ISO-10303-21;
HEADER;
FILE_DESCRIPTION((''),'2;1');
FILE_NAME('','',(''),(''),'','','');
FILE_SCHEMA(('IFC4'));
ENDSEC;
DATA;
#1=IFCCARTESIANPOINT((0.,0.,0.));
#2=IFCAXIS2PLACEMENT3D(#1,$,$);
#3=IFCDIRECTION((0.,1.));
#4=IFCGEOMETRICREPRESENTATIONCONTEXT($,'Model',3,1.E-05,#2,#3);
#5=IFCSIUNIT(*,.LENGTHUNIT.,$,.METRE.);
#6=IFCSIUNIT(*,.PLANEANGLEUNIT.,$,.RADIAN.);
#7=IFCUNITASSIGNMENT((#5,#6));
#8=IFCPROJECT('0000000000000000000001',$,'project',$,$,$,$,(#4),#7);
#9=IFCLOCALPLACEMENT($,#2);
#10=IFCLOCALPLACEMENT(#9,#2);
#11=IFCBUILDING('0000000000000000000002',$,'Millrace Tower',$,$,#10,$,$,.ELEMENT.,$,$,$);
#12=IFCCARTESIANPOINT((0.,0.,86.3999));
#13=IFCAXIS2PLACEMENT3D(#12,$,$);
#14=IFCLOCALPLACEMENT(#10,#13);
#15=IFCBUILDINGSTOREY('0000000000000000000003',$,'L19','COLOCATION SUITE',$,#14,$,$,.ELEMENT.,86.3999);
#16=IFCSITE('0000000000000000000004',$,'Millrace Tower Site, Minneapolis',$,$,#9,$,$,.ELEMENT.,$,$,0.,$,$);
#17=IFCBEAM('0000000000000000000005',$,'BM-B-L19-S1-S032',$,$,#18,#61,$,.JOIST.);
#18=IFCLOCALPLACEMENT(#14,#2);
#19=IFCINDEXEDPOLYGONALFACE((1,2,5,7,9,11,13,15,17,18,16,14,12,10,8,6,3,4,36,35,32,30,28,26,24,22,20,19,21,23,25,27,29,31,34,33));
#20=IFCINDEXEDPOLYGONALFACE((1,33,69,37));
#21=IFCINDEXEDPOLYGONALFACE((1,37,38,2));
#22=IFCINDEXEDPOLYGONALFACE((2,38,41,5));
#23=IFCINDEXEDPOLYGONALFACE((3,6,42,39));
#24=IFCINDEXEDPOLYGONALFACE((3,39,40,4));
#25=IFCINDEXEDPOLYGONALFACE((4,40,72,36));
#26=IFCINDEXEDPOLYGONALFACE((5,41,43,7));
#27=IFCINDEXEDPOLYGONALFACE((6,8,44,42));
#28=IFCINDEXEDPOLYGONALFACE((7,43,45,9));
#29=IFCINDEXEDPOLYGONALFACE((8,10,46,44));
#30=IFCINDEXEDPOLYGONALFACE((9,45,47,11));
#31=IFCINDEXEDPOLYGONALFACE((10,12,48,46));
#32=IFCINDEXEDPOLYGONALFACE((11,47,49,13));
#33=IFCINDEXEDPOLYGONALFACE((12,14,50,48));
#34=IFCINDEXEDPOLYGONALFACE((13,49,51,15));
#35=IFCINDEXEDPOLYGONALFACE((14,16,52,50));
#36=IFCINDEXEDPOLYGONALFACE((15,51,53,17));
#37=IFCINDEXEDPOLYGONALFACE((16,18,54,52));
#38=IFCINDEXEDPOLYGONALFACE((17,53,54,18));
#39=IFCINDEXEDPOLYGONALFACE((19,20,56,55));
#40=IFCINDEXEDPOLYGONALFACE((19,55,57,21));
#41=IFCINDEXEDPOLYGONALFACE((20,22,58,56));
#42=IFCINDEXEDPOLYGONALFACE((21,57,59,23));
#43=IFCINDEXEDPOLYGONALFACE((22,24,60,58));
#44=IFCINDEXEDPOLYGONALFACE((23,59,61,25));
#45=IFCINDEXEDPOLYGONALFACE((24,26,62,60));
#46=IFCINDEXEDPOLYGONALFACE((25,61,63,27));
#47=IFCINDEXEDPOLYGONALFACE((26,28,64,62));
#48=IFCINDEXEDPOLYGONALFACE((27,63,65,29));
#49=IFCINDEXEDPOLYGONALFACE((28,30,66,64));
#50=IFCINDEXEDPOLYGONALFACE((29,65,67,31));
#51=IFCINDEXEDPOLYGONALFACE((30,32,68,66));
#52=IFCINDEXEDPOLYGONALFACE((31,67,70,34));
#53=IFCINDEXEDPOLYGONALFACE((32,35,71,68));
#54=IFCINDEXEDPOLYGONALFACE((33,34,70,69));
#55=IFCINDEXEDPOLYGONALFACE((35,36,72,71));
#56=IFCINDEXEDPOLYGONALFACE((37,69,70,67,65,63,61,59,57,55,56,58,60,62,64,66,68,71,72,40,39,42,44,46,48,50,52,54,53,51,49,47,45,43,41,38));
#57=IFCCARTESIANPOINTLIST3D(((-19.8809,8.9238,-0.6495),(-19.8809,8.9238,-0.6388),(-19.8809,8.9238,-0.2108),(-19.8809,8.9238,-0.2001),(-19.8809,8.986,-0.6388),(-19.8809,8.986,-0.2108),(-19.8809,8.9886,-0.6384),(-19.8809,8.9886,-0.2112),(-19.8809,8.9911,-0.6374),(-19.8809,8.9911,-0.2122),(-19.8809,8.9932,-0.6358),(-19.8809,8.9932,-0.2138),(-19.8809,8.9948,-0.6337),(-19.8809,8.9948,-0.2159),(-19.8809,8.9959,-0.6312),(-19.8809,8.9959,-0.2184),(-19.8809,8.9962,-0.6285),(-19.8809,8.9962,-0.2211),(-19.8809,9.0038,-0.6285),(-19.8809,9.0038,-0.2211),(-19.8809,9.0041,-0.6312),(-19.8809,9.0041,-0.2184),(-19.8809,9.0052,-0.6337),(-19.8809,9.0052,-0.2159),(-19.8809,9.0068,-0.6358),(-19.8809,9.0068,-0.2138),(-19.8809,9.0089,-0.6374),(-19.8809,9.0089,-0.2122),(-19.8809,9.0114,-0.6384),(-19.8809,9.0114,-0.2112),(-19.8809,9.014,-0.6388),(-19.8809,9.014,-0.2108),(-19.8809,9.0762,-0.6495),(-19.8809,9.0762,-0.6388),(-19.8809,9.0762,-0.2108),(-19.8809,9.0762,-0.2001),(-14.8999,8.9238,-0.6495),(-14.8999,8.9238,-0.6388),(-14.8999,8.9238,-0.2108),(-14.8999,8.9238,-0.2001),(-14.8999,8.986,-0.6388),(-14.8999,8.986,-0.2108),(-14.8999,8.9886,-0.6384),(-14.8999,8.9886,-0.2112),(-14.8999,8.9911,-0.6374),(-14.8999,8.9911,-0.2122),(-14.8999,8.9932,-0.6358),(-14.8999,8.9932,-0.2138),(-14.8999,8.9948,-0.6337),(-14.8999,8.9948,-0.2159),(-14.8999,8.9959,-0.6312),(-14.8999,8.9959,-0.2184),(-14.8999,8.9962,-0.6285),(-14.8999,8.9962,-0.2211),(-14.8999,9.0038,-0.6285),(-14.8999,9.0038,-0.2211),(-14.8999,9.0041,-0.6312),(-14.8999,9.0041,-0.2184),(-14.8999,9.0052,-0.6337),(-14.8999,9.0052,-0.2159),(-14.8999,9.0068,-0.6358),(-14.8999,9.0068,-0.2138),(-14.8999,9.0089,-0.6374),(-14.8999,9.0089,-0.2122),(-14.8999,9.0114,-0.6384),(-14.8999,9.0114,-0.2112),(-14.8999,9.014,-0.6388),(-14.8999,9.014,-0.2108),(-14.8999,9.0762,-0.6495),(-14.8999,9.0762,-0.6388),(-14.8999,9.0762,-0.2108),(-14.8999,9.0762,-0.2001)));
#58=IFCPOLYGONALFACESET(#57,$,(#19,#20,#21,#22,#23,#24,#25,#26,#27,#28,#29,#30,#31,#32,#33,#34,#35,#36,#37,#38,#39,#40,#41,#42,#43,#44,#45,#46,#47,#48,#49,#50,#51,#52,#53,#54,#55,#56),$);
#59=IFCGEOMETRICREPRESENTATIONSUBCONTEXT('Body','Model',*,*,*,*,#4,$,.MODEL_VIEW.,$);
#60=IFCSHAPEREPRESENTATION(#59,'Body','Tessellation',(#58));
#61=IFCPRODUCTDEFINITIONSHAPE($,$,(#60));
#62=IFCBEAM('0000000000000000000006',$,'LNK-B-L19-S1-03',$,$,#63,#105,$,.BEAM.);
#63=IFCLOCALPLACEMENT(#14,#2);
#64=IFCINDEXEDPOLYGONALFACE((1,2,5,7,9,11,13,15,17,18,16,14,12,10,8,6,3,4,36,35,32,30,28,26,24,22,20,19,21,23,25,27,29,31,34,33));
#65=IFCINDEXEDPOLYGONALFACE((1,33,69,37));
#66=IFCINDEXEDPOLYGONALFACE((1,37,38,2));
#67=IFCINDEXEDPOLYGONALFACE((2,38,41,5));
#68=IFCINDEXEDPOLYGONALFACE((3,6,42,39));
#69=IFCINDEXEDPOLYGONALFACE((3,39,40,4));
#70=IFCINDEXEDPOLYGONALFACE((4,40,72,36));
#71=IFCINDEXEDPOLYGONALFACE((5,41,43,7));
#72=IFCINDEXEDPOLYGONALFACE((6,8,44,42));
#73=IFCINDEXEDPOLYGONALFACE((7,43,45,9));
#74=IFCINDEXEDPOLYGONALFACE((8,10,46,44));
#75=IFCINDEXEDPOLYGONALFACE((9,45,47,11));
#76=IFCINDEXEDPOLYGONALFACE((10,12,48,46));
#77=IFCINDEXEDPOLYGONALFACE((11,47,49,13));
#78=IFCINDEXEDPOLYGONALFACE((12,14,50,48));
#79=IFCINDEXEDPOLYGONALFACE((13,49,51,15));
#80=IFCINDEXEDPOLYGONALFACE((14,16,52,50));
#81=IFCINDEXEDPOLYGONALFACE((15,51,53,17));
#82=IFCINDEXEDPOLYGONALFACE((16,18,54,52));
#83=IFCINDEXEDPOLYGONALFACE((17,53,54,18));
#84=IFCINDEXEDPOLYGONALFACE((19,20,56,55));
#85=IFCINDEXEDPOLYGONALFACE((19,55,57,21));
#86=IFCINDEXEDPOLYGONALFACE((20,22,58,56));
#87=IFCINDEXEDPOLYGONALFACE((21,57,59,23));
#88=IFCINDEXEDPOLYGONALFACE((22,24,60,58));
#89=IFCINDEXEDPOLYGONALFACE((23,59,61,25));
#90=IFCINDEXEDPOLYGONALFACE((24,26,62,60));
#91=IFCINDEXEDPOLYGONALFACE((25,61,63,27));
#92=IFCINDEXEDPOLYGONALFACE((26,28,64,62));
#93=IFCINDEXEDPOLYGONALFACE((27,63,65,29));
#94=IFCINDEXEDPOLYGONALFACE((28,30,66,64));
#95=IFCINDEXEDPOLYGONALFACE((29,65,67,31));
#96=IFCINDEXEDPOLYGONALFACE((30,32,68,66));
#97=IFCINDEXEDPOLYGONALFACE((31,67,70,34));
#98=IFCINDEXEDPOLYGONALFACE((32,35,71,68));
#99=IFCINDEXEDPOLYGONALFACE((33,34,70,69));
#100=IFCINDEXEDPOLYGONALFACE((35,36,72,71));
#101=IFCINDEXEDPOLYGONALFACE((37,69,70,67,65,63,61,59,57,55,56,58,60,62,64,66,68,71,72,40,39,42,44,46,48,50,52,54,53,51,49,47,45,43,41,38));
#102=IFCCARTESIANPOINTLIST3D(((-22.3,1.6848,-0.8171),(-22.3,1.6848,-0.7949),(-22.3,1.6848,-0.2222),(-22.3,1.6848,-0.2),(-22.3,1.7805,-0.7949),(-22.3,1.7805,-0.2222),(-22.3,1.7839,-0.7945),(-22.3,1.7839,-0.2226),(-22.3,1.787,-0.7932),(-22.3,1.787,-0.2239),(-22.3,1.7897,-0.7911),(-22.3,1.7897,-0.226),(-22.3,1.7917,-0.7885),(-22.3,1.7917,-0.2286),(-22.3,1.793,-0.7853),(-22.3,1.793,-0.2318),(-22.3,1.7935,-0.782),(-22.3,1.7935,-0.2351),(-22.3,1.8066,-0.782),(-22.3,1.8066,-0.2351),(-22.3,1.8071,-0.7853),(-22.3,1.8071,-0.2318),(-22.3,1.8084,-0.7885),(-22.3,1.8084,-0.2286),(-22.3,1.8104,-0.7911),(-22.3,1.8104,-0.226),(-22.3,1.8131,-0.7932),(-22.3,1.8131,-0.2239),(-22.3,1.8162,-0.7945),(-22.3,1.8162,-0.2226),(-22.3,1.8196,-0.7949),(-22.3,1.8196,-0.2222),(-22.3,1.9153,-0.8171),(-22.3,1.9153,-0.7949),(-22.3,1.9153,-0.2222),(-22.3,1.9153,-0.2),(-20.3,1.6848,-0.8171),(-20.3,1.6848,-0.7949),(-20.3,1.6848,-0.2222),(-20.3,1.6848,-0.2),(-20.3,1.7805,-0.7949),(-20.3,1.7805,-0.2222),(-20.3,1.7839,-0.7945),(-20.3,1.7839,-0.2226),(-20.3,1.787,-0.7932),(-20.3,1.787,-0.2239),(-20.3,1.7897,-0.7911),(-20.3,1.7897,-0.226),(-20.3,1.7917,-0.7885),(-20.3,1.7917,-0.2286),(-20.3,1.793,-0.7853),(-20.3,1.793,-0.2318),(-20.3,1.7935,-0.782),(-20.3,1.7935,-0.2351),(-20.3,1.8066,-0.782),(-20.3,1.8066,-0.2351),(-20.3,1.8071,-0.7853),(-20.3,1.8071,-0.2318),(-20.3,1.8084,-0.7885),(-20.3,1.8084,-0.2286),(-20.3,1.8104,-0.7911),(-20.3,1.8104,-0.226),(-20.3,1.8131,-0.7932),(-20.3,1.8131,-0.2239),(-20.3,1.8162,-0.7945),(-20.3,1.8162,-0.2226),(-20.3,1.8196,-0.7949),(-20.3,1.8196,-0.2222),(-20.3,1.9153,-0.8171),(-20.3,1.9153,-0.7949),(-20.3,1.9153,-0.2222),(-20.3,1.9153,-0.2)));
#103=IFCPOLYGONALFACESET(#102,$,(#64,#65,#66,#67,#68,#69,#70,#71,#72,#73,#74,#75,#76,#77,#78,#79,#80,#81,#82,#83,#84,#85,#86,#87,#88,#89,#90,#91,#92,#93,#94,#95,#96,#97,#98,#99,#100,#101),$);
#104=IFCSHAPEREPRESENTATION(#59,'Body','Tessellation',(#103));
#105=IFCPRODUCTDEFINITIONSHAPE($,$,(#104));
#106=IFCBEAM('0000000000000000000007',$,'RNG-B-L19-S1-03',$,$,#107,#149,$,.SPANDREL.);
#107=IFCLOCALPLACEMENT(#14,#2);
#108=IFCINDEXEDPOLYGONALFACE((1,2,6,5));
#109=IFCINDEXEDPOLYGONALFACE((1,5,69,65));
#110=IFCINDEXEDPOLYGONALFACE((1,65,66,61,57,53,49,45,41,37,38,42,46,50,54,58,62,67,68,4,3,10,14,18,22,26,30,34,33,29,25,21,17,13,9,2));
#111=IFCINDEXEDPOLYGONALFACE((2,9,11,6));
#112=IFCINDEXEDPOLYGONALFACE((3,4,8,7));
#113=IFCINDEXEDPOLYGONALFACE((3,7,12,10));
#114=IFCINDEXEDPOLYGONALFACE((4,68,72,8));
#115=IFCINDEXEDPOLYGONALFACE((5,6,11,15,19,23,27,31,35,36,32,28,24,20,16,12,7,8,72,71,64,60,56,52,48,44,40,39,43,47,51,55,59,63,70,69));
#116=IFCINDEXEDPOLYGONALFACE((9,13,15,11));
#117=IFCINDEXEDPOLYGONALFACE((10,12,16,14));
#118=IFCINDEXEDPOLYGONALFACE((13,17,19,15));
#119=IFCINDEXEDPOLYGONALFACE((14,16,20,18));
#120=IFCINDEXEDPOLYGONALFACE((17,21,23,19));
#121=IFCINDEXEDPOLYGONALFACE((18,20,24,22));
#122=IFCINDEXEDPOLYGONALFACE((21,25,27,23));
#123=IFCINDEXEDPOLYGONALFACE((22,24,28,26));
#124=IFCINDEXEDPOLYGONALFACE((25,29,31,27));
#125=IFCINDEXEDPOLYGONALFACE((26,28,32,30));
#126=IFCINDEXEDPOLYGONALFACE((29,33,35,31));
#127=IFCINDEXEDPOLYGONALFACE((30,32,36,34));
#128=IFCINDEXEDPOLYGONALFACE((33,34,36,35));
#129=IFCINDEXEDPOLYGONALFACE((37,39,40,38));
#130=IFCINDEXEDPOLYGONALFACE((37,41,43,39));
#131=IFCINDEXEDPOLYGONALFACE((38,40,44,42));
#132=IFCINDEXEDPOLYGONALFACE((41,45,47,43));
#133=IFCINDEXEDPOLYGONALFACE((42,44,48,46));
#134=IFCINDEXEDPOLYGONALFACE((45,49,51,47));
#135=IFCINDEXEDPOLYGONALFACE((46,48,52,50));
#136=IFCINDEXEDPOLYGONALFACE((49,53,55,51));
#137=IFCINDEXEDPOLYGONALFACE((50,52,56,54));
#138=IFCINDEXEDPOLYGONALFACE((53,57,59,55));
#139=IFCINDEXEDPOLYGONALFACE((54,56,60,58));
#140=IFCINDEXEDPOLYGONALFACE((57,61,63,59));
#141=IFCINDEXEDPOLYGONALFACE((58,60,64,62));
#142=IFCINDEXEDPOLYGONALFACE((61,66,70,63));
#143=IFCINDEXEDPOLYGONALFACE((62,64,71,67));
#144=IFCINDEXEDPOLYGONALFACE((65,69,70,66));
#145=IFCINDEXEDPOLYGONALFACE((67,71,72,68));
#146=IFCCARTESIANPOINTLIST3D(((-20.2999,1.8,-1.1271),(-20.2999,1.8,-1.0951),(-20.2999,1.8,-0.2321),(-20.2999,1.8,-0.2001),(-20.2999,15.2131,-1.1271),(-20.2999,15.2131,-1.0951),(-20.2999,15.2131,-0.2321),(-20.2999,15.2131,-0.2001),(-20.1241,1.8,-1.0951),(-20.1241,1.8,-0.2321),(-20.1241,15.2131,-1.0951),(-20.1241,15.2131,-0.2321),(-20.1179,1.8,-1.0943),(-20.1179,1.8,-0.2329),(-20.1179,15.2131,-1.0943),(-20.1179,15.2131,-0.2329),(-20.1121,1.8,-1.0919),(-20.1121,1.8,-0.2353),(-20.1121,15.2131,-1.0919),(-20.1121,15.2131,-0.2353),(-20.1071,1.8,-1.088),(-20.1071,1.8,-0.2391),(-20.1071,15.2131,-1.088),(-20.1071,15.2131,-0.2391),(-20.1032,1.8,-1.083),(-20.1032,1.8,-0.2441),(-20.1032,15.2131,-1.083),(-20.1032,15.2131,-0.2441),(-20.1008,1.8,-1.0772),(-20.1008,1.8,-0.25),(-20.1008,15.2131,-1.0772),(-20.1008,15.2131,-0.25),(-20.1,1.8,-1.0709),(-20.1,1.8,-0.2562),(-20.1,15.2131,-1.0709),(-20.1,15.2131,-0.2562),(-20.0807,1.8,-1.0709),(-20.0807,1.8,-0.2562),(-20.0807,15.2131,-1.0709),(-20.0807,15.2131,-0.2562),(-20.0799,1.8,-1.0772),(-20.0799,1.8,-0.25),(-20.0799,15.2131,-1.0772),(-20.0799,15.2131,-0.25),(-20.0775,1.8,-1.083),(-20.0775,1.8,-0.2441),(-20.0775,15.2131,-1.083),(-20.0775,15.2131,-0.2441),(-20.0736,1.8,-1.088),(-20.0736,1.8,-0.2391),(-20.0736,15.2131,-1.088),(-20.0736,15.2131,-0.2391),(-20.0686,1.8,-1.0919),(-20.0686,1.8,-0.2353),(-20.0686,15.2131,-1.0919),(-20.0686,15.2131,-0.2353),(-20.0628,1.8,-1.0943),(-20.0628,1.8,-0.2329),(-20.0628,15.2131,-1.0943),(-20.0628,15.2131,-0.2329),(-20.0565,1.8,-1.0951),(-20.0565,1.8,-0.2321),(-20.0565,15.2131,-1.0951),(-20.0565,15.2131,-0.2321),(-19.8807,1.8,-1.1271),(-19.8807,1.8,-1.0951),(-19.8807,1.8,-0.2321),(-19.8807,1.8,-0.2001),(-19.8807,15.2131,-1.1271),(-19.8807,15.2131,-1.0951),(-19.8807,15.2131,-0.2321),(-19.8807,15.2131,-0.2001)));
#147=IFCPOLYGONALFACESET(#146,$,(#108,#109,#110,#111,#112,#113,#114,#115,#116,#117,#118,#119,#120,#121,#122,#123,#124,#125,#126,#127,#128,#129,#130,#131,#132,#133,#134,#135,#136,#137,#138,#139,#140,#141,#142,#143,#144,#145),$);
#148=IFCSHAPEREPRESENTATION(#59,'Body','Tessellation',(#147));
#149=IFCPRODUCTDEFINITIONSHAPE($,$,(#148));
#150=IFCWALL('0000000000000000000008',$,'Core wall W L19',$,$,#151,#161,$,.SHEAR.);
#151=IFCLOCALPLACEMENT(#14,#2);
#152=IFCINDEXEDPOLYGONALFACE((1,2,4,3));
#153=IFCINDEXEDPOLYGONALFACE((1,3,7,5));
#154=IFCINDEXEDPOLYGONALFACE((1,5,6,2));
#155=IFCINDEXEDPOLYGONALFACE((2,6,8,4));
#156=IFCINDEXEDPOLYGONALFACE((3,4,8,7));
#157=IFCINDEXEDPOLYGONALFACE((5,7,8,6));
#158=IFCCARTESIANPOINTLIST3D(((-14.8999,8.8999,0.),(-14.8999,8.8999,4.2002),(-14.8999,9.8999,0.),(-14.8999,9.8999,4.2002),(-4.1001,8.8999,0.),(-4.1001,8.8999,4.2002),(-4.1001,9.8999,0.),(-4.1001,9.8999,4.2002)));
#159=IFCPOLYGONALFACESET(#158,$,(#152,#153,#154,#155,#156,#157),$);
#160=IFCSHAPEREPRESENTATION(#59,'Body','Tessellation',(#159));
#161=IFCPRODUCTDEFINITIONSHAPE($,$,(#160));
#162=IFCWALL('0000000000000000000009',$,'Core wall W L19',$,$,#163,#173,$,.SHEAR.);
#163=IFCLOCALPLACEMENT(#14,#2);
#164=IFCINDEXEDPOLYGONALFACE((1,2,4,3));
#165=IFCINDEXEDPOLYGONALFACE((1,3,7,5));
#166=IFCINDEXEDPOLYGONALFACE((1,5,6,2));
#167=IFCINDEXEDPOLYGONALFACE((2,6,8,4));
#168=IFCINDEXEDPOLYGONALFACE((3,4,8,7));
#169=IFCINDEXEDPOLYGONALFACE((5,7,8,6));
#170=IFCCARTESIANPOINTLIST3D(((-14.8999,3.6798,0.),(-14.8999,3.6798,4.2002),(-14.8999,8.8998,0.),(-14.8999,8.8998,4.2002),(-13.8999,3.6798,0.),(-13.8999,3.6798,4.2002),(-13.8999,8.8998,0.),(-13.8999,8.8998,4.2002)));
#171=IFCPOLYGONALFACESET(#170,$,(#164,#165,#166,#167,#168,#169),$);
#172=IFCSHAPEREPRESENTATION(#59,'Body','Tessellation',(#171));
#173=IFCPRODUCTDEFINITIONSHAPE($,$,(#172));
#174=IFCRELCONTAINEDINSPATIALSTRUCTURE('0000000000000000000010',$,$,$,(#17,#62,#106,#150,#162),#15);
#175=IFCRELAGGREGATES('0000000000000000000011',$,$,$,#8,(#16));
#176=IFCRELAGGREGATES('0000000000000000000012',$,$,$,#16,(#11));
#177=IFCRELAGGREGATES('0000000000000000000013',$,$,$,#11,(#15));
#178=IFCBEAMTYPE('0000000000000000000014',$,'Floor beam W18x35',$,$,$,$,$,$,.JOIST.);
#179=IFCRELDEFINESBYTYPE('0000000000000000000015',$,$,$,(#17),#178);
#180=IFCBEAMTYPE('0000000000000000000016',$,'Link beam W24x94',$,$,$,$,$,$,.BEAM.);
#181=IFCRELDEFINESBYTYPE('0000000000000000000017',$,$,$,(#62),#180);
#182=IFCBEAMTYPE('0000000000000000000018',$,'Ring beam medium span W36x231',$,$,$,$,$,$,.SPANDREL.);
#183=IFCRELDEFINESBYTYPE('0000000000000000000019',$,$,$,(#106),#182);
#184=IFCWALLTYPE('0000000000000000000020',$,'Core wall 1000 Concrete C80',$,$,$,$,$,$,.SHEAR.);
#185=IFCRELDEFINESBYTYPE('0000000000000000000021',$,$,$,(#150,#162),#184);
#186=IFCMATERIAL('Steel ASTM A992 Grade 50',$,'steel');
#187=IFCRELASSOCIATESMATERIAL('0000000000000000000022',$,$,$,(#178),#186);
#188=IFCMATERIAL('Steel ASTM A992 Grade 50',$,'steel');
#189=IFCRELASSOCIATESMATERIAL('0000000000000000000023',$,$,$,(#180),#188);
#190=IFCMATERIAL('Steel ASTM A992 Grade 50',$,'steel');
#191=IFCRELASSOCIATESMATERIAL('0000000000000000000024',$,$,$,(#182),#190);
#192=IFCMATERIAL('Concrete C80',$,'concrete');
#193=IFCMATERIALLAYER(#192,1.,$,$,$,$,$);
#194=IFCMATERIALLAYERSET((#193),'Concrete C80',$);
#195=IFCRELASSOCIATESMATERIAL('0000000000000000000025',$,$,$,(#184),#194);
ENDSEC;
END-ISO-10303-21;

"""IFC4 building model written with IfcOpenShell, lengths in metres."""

from ifc_helpers import new_model, si_unit, direction, frame, frame_2d, origin, origin_2d, place, context, subcontext, project, spatial, rectangle, i_section, extrude, material, layer, layer_set, material_profile, profile_set, type_object, element, save


model = new_model("IFC4")

# Units and contexts
model_context = context("Model", 3, precision=1e-05, world=origin(), true_north=direction((0.0, 1.0)))
body_context = subcontext(model_context, "Body", "Model", "MODEL_VIEW")
ifc_project = project(units=[si_unit("LENGTHUNIT", "METRE"), si_unit("PLANEANGLEUNIT", "RADIAN")], contexts=[model_context])

# Site, building, storey
site_placement = place(None, origin())
site = spatial("IfcSite", under=ifc_project, at=site_placement, Name="Millrace Tower Site, Minneapolis", CompositionType="ELEMENT", RefElevation=0.0)
building_placement = place(site_placement, origin())
building = spatial("IfcBuilding", under=site, at=building_placement, Name="Millrace Tower", CompositionType="ELEMENT")
storey_placement = place(building_placement, frame((0.0, 0.0, 86.3999)))
storey = spatial("IfcBuildingStorey", under=building, at=storey_placement, Name="L19", Description="COLOCATION SUITE", CompositionType="ELEMENT", Elevation=86.3999)

# Beams
ifc_material_1 = material(Name="Steel ASTM A992 Grade 50", Category="steel")
ifc_material_profile_1 = material_profile(ifc_material_1, i_section(OverallWidth=0.1523, OverallDepth=0.4495, WebThickness=0.0076, FlangeThickness=0.0107, FilletRadius=0.0103, at=origin_2d()))
ifc_profile_set_1 = profile_set([ifc_material_profile_1], Name="Steel ASTM A992 Grade 50")
beam_type_1 = type_object("IfcBeamType", Name="Floor beam W18x35", PredefinedType="JOIST", material=ifc_profile_set_1)
for number, where, z_axis, x_axis, name in (
    (1, (-19.8809, 9.0, -0.4248), (1.0, 0.0, 0.0), (0.0, 1.0, 0.0), "BM-B-L19-S1-S032"),
):
    element("IfcBeam", number, at=place(storey_placement, frame(where, z_axis=z_axis, x_axis=x_axis)), inside=storey, type_object=beam_type_1, Name=name, PredefinedType="JOIST", context=body_context, shape_type="SweptSolid", body=[
        extrude(i_section(OverallWidth=0.1523, OverallDepth=0.4495, WebThickness=0.0076, FlangeThickness=0.0107, FilletRadius=0.0103, at=origin_2d()), origin(), (0.0, 0.0, 1.0), 4.981),
    ])
ifc_material_2 = material(Name="Steel ASTM A992 Grade 50", Category="steel")
ifc_material_profile_2 = material_profile(ifc_material_2, i_section(OverallWidth=0.2305, OverallDepth=0.6172, WebThickness=0.0132, FlangeThickness=0.0222, FilletRadius=0.0129, at=origin_2d()))
ifc_profile_set_2 = profile_set([ifc_material_profile_2], Name="Steel ASTM A992 Grade 50")
beam_type_2 = type_object("IfcBeamType", Name="Link beam W24x94", PredefinedType="BEAM", material=ifc_profile_set_2)
beam_1_placement = place(storey_placement, frame((-20.3, 1.8, -0.5085), z_axis=(-1.0, 0.0, 0.0), x_axis=(0.0, -1.0, 0.0)))
element("IfcBeam", 2, at=beam_1_placement, inside=storey, type_object=beam_type_2, Name="LNK-B-L19-S1-03", PredefinedType="BEAM", context=body_context, shape_type="SweptSolid", body=[
    extrude(i_section(OverallWidth=0.2305, OverallDepth=0.6172, WebThickness=0.0132, FlangeThickness=0.0222, FilletRadius=0.0129, at=origin_2d()), origin(), (0.0, 0.0, 1.0), 2.0),
])
ifc_material_3 = material(Name="Steel ASTM A992 Grade 50", Category="steel")
ifc_material_profile_3 = material_profile(ifc_material_3, i_section(OverallWidth=0.4192, OverallDepth=0.927, WebThickness=0.0193, FlangeThickness=0.032, FilletRadius=0.0242, at=origin_2d()))
ifc_profile_set_3 = profile_set([ifc_material_profile_3], Name="Steel ASTM A992 Grade 50")
beam_type_3 = type_object("IfcBeamType", Name="Ring beam medium span W36x231", PredefinedType="SPANDREL", material=ifc_profile_set_3)
beam_2_placement = place(storey_placement, frame((-20.0903, 1.8, -0.6636), z_axis=(0.0, 1.0, 0.0), x_axis=(-1.0, 0.0, 0.0)))
element("IfcBeam", 3, at=beam_2_placement, inside=storey, type_object=beam_type_3, Name="RNG-B-L19-S1-03", PredefinedType="SPANDREL", context=body_context, shape_type="SweptSolid", body=[
    extrude(i_section(OverallWidth=0.4192, OverallDepth=0.927, WebThickness=0.0193, FlangeThickness=0.032, FilletRadius=0.0242, at=origin_2d()), origin(), (0.0, 0.0, 1.0), 13.4131),
])

# Walls
ifc_material_4 = material(Name="Concrete C80", Category="concrete")
ifc_layer_1 = layer(ifc_material_4, 1.0)
ifc_layer_set_1 = layer_set([ifc_layer_1], Name="Concrete C80")
wall_type_1 = type_object("IfcWallType", Name="Core wall 1000 Concrete C80", PredefinedType="SHEAR", material=ifc_layer_set_1)
wall_1_placement = place(storey_placement, frame((-14.8999, 9.3999, 0.0), z_axis=(0.0, 0.0, 1.0), x_axis=(1.0, 0.0, 0.0)))
element("IfcWall", 4, at=wall_1_placement, inside=storey, type_object=wall_type_1, Name="Core wall W L19", PredefinedType="SHEAR", context=body_context, shape_type="SweptSolid", body=[
    extrude(rectangle(XDim=10.7998, YDim=1.0, at=frame_2d((5.3999, 0.0))), origin(), (0.0, 0.0, 1.0), 4.2002),
])
wall_2_placement = place(storey_placement, frame((-14.3999, 3.6799, 0.0), z_axis=(0.0, 0.0, 1.0), x_axis=(0.0, 1.0, 0.0)))
element("IfcWall", 5, at=wall_2_placement, inside=storey, type_object=wall_type_1, Name="Core wall W L19", PredefinedType="SHEAR", context=body_context, shape_type="SweptSolid", body=[
    extrude(rectangle(XDim=5.22, YDim=1.0, at=frame_2d((2.6099, 0.0))), origin(), (0.0, 0.0, 1.0), 4.2002),
])

save(model, "model.ifc")
